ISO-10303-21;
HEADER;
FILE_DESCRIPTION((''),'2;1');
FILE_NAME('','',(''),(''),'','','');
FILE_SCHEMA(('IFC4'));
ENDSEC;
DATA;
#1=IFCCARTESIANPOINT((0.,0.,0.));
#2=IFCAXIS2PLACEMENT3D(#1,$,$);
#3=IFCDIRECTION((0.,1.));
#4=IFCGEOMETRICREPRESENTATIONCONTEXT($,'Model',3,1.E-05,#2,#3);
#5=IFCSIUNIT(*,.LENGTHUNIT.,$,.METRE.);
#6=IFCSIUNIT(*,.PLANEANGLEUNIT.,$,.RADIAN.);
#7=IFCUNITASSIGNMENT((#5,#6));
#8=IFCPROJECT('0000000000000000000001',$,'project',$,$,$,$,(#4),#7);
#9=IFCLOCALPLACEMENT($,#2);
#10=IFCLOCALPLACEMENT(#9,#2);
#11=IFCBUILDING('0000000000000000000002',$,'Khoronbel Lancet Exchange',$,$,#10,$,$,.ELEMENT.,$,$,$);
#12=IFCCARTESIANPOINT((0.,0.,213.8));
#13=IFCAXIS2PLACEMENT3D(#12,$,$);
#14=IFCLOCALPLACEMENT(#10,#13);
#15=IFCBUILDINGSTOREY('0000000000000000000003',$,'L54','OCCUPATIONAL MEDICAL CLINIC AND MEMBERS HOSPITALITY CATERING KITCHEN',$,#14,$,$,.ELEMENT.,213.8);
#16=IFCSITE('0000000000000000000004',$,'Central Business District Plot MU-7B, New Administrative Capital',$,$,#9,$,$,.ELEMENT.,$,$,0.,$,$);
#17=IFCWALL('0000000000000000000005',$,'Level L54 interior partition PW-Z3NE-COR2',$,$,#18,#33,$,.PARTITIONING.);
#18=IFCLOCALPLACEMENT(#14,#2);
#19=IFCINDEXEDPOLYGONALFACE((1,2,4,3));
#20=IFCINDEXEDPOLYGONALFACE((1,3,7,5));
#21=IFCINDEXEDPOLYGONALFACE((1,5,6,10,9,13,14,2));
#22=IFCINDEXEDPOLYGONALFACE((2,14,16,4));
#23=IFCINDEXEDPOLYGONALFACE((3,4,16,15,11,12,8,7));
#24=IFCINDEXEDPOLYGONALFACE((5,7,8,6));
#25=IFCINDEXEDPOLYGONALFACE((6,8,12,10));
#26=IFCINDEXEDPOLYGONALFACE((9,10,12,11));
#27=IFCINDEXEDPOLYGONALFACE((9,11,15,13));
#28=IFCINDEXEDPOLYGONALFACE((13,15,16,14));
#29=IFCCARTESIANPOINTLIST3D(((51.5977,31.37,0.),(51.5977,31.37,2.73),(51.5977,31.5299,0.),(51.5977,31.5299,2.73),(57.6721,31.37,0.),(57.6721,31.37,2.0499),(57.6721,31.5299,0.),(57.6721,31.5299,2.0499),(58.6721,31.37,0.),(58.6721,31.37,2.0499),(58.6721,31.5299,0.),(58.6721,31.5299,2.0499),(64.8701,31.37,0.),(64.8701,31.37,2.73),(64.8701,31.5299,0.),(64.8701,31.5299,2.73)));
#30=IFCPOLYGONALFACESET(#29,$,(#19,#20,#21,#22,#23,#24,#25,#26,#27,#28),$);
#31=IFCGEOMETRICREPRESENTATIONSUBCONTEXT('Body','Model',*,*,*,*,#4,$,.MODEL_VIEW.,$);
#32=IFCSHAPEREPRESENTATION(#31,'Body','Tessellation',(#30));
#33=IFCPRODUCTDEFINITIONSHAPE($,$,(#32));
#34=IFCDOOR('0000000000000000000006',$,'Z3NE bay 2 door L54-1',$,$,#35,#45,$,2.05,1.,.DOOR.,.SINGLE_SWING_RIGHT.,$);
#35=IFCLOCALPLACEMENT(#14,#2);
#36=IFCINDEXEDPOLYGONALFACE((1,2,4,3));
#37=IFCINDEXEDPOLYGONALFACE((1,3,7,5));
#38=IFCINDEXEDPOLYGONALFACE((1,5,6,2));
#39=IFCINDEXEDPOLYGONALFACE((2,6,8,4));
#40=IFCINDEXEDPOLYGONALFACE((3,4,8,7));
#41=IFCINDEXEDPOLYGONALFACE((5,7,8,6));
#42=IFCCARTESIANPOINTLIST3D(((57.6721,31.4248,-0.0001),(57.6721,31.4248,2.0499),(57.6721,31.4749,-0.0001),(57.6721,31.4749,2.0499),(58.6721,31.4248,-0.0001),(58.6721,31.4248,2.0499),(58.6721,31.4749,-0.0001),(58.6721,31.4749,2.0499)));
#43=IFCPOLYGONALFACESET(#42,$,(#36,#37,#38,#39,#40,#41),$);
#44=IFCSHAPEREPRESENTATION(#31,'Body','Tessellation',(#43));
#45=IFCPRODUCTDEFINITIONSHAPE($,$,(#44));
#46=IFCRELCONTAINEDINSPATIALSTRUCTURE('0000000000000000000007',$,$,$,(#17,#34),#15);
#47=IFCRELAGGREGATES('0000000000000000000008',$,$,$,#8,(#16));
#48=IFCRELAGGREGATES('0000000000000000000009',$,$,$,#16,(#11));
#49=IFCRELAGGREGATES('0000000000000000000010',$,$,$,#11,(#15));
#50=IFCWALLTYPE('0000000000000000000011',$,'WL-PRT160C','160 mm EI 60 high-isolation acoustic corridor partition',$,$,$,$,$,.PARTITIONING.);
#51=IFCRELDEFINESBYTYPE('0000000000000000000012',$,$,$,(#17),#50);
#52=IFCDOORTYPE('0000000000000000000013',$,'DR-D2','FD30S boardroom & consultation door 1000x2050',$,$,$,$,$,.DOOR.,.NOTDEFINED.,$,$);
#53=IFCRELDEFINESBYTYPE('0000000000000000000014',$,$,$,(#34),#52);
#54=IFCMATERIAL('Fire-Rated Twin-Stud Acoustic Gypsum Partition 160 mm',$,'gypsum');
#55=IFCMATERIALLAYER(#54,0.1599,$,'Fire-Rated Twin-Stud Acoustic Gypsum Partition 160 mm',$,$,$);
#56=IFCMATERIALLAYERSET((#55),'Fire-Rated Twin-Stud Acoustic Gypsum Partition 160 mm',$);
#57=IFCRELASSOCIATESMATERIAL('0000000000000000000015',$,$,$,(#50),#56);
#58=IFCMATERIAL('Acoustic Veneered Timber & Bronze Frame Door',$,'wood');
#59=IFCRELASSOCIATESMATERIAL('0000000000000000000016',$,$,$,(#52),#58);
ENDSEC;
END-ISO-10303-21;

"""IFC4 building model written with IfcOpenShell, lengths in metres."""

from ifc_helpers import new_model, si_unit, direction, frame, frame_2d, origin, place, context, subcontext, project, spatial, rectangle, extrude, material, layer, layer_set, type_object, element, fill, save


model = new_model("IFC4")

# Units and contexts
model_context = context("Model", 3, precision=1e-05, world=origin(), true_north=direction((0.0, 1.0)))
body_context = subcontext(model_context, "Body", "Model", "MODEL_VIEW")
ifc_project = project(units=[si_unit("LENGTHUNIT", "METRE"), si_unit("PLANEANGLEUNIT", "RADIAN")], contexts=[model_context])

# Site, building, storey
site_placement = place(None, origin())
site = spatial("IfcSite", under=ifc_project, at=site_placement, Name="Central Business District Plot MU-7B, New Administrative Capital", CompositionType="ELEMENT", RefElevation=0.0)
building_placement = place(site_placement, origin())
building = spatial("IfcBuilding", under=site, at=building_placement, Name="Khoronbel Lancet Exchange", CompositionType="ELEMENT")
storey_placement = place(building_placement, frame((0.0, 0.0, 213.8)))
storey = spatial("IfcBuildingStorey", under=building, at=storey_placement, Name="L54", Description="OCCUPATIONAL MEDICAL CLINIC AND MEMBERS HOSPITALITY CATERING KITCHEN", CompositionType="ELEMENT", Elevation=213.8)

# Wall, opening, door
ifc_material_1 = material(Name="Fire-Rated Twin-Stud Acoustic Gypsum Partition 160 mm", Category="gypsum")
ifc_layer_1 = layer(ifc_material_1, 0.1599, Name="Fire-Rated Twin-Stud Acoustic Gypsum Partition 160 mm")
ifc_layer_set_1 = layer_set([ifc_layer_1], Name="Fire-Rated Twin-Stud Acoustic Gypsum Partition 160 mm")
wall_type_1 = type_object("IfcWallType", Name="WL-PRT160C", Description="160 mm EI 60 high-isolation acoustic corridor partition", PredefinedType="PARTITIONING", material=ifc_layer_set_1)
ifc_material_2 = material(Name="Acoustic Veneered Timber & Bronze Frame Door", Category="wood")
door_type_1 = type_object("IfcDoorType", Name="DR-D2", Description="FD30S boardroom & consultation door 1000x2050", OperationType="NOTDEFINED", PredefinedType="DOOR", material=ifc_material_2)
wall_1_placement = place(storey_placement, frame((51.5977, 31.45, 0.0), z_axis=(0.0, 0.0, 1.0), x_axis=(1.0, 0.0, 0.0)))
wall_1 = element("IfcWall", 1, at=wall_1_placement, inside=storey, type_object=wall_type_1, Name="Level L54 interior partition PW-Z3NE-COR2", PredefinedType="PARTITIONING", context=body_context, shape_type="SweptSolid", body=[
    extrude(rectangle(XDim=13.2725, YDim=0.1599, at=frame_2d((6.6362, 0.0))), origin(), (0.0, 0.0, 1.0), 2.73),
])
opening_1_placement = place(wall_1_placement, frame((6.0745, 0.0, 0.0)))
opening_1 = element("IfcOpeningElement", 2, at=opening_1_placement, cuts=wall_1, PredefinedType="OPENING", context=body_context, shape_type="SweptSolid", body=[
    extrude(rectangle(XDim=1.0, YDim=2.05, at=frame_2d((0.5, 1.0249))), frame((0.0, 0.0898, 0.0), z_axis=(0.0, -1.0, 0.0), x_axis=(1.0, 0.0, 0.0)), (0.0, 0.0, 1.0), 0.1799),
])
door_1_placement = place(opening_1_placement, origin())
door_1 = element("IfcDoor", 3, at=door_1_placement, inside=storey, type_object=door_type_1, Name="Z3NE bay 2 door L54-1", OperationType="SINGLE_SWING_RIGHT", OverallHeight=2.05, OverallWidth=1.0, PredefinedType="DOOR", context=body_context, shape_type="SweptSolid", body=[
    extrude(rectangle(XDim=1.0, YDim=2.05, at=frame_2d((0.5, 1.0249))), frame((0.0, 0.0249, 0.0), z_axis=(0.0, -1.0, 0.0), x_axis=(1.0, 0.0, 0.0)), (0.0, 0.0, 1.0), 0.05),
])
fill(opening_1, door_1)

save(model, "model.ifc")
